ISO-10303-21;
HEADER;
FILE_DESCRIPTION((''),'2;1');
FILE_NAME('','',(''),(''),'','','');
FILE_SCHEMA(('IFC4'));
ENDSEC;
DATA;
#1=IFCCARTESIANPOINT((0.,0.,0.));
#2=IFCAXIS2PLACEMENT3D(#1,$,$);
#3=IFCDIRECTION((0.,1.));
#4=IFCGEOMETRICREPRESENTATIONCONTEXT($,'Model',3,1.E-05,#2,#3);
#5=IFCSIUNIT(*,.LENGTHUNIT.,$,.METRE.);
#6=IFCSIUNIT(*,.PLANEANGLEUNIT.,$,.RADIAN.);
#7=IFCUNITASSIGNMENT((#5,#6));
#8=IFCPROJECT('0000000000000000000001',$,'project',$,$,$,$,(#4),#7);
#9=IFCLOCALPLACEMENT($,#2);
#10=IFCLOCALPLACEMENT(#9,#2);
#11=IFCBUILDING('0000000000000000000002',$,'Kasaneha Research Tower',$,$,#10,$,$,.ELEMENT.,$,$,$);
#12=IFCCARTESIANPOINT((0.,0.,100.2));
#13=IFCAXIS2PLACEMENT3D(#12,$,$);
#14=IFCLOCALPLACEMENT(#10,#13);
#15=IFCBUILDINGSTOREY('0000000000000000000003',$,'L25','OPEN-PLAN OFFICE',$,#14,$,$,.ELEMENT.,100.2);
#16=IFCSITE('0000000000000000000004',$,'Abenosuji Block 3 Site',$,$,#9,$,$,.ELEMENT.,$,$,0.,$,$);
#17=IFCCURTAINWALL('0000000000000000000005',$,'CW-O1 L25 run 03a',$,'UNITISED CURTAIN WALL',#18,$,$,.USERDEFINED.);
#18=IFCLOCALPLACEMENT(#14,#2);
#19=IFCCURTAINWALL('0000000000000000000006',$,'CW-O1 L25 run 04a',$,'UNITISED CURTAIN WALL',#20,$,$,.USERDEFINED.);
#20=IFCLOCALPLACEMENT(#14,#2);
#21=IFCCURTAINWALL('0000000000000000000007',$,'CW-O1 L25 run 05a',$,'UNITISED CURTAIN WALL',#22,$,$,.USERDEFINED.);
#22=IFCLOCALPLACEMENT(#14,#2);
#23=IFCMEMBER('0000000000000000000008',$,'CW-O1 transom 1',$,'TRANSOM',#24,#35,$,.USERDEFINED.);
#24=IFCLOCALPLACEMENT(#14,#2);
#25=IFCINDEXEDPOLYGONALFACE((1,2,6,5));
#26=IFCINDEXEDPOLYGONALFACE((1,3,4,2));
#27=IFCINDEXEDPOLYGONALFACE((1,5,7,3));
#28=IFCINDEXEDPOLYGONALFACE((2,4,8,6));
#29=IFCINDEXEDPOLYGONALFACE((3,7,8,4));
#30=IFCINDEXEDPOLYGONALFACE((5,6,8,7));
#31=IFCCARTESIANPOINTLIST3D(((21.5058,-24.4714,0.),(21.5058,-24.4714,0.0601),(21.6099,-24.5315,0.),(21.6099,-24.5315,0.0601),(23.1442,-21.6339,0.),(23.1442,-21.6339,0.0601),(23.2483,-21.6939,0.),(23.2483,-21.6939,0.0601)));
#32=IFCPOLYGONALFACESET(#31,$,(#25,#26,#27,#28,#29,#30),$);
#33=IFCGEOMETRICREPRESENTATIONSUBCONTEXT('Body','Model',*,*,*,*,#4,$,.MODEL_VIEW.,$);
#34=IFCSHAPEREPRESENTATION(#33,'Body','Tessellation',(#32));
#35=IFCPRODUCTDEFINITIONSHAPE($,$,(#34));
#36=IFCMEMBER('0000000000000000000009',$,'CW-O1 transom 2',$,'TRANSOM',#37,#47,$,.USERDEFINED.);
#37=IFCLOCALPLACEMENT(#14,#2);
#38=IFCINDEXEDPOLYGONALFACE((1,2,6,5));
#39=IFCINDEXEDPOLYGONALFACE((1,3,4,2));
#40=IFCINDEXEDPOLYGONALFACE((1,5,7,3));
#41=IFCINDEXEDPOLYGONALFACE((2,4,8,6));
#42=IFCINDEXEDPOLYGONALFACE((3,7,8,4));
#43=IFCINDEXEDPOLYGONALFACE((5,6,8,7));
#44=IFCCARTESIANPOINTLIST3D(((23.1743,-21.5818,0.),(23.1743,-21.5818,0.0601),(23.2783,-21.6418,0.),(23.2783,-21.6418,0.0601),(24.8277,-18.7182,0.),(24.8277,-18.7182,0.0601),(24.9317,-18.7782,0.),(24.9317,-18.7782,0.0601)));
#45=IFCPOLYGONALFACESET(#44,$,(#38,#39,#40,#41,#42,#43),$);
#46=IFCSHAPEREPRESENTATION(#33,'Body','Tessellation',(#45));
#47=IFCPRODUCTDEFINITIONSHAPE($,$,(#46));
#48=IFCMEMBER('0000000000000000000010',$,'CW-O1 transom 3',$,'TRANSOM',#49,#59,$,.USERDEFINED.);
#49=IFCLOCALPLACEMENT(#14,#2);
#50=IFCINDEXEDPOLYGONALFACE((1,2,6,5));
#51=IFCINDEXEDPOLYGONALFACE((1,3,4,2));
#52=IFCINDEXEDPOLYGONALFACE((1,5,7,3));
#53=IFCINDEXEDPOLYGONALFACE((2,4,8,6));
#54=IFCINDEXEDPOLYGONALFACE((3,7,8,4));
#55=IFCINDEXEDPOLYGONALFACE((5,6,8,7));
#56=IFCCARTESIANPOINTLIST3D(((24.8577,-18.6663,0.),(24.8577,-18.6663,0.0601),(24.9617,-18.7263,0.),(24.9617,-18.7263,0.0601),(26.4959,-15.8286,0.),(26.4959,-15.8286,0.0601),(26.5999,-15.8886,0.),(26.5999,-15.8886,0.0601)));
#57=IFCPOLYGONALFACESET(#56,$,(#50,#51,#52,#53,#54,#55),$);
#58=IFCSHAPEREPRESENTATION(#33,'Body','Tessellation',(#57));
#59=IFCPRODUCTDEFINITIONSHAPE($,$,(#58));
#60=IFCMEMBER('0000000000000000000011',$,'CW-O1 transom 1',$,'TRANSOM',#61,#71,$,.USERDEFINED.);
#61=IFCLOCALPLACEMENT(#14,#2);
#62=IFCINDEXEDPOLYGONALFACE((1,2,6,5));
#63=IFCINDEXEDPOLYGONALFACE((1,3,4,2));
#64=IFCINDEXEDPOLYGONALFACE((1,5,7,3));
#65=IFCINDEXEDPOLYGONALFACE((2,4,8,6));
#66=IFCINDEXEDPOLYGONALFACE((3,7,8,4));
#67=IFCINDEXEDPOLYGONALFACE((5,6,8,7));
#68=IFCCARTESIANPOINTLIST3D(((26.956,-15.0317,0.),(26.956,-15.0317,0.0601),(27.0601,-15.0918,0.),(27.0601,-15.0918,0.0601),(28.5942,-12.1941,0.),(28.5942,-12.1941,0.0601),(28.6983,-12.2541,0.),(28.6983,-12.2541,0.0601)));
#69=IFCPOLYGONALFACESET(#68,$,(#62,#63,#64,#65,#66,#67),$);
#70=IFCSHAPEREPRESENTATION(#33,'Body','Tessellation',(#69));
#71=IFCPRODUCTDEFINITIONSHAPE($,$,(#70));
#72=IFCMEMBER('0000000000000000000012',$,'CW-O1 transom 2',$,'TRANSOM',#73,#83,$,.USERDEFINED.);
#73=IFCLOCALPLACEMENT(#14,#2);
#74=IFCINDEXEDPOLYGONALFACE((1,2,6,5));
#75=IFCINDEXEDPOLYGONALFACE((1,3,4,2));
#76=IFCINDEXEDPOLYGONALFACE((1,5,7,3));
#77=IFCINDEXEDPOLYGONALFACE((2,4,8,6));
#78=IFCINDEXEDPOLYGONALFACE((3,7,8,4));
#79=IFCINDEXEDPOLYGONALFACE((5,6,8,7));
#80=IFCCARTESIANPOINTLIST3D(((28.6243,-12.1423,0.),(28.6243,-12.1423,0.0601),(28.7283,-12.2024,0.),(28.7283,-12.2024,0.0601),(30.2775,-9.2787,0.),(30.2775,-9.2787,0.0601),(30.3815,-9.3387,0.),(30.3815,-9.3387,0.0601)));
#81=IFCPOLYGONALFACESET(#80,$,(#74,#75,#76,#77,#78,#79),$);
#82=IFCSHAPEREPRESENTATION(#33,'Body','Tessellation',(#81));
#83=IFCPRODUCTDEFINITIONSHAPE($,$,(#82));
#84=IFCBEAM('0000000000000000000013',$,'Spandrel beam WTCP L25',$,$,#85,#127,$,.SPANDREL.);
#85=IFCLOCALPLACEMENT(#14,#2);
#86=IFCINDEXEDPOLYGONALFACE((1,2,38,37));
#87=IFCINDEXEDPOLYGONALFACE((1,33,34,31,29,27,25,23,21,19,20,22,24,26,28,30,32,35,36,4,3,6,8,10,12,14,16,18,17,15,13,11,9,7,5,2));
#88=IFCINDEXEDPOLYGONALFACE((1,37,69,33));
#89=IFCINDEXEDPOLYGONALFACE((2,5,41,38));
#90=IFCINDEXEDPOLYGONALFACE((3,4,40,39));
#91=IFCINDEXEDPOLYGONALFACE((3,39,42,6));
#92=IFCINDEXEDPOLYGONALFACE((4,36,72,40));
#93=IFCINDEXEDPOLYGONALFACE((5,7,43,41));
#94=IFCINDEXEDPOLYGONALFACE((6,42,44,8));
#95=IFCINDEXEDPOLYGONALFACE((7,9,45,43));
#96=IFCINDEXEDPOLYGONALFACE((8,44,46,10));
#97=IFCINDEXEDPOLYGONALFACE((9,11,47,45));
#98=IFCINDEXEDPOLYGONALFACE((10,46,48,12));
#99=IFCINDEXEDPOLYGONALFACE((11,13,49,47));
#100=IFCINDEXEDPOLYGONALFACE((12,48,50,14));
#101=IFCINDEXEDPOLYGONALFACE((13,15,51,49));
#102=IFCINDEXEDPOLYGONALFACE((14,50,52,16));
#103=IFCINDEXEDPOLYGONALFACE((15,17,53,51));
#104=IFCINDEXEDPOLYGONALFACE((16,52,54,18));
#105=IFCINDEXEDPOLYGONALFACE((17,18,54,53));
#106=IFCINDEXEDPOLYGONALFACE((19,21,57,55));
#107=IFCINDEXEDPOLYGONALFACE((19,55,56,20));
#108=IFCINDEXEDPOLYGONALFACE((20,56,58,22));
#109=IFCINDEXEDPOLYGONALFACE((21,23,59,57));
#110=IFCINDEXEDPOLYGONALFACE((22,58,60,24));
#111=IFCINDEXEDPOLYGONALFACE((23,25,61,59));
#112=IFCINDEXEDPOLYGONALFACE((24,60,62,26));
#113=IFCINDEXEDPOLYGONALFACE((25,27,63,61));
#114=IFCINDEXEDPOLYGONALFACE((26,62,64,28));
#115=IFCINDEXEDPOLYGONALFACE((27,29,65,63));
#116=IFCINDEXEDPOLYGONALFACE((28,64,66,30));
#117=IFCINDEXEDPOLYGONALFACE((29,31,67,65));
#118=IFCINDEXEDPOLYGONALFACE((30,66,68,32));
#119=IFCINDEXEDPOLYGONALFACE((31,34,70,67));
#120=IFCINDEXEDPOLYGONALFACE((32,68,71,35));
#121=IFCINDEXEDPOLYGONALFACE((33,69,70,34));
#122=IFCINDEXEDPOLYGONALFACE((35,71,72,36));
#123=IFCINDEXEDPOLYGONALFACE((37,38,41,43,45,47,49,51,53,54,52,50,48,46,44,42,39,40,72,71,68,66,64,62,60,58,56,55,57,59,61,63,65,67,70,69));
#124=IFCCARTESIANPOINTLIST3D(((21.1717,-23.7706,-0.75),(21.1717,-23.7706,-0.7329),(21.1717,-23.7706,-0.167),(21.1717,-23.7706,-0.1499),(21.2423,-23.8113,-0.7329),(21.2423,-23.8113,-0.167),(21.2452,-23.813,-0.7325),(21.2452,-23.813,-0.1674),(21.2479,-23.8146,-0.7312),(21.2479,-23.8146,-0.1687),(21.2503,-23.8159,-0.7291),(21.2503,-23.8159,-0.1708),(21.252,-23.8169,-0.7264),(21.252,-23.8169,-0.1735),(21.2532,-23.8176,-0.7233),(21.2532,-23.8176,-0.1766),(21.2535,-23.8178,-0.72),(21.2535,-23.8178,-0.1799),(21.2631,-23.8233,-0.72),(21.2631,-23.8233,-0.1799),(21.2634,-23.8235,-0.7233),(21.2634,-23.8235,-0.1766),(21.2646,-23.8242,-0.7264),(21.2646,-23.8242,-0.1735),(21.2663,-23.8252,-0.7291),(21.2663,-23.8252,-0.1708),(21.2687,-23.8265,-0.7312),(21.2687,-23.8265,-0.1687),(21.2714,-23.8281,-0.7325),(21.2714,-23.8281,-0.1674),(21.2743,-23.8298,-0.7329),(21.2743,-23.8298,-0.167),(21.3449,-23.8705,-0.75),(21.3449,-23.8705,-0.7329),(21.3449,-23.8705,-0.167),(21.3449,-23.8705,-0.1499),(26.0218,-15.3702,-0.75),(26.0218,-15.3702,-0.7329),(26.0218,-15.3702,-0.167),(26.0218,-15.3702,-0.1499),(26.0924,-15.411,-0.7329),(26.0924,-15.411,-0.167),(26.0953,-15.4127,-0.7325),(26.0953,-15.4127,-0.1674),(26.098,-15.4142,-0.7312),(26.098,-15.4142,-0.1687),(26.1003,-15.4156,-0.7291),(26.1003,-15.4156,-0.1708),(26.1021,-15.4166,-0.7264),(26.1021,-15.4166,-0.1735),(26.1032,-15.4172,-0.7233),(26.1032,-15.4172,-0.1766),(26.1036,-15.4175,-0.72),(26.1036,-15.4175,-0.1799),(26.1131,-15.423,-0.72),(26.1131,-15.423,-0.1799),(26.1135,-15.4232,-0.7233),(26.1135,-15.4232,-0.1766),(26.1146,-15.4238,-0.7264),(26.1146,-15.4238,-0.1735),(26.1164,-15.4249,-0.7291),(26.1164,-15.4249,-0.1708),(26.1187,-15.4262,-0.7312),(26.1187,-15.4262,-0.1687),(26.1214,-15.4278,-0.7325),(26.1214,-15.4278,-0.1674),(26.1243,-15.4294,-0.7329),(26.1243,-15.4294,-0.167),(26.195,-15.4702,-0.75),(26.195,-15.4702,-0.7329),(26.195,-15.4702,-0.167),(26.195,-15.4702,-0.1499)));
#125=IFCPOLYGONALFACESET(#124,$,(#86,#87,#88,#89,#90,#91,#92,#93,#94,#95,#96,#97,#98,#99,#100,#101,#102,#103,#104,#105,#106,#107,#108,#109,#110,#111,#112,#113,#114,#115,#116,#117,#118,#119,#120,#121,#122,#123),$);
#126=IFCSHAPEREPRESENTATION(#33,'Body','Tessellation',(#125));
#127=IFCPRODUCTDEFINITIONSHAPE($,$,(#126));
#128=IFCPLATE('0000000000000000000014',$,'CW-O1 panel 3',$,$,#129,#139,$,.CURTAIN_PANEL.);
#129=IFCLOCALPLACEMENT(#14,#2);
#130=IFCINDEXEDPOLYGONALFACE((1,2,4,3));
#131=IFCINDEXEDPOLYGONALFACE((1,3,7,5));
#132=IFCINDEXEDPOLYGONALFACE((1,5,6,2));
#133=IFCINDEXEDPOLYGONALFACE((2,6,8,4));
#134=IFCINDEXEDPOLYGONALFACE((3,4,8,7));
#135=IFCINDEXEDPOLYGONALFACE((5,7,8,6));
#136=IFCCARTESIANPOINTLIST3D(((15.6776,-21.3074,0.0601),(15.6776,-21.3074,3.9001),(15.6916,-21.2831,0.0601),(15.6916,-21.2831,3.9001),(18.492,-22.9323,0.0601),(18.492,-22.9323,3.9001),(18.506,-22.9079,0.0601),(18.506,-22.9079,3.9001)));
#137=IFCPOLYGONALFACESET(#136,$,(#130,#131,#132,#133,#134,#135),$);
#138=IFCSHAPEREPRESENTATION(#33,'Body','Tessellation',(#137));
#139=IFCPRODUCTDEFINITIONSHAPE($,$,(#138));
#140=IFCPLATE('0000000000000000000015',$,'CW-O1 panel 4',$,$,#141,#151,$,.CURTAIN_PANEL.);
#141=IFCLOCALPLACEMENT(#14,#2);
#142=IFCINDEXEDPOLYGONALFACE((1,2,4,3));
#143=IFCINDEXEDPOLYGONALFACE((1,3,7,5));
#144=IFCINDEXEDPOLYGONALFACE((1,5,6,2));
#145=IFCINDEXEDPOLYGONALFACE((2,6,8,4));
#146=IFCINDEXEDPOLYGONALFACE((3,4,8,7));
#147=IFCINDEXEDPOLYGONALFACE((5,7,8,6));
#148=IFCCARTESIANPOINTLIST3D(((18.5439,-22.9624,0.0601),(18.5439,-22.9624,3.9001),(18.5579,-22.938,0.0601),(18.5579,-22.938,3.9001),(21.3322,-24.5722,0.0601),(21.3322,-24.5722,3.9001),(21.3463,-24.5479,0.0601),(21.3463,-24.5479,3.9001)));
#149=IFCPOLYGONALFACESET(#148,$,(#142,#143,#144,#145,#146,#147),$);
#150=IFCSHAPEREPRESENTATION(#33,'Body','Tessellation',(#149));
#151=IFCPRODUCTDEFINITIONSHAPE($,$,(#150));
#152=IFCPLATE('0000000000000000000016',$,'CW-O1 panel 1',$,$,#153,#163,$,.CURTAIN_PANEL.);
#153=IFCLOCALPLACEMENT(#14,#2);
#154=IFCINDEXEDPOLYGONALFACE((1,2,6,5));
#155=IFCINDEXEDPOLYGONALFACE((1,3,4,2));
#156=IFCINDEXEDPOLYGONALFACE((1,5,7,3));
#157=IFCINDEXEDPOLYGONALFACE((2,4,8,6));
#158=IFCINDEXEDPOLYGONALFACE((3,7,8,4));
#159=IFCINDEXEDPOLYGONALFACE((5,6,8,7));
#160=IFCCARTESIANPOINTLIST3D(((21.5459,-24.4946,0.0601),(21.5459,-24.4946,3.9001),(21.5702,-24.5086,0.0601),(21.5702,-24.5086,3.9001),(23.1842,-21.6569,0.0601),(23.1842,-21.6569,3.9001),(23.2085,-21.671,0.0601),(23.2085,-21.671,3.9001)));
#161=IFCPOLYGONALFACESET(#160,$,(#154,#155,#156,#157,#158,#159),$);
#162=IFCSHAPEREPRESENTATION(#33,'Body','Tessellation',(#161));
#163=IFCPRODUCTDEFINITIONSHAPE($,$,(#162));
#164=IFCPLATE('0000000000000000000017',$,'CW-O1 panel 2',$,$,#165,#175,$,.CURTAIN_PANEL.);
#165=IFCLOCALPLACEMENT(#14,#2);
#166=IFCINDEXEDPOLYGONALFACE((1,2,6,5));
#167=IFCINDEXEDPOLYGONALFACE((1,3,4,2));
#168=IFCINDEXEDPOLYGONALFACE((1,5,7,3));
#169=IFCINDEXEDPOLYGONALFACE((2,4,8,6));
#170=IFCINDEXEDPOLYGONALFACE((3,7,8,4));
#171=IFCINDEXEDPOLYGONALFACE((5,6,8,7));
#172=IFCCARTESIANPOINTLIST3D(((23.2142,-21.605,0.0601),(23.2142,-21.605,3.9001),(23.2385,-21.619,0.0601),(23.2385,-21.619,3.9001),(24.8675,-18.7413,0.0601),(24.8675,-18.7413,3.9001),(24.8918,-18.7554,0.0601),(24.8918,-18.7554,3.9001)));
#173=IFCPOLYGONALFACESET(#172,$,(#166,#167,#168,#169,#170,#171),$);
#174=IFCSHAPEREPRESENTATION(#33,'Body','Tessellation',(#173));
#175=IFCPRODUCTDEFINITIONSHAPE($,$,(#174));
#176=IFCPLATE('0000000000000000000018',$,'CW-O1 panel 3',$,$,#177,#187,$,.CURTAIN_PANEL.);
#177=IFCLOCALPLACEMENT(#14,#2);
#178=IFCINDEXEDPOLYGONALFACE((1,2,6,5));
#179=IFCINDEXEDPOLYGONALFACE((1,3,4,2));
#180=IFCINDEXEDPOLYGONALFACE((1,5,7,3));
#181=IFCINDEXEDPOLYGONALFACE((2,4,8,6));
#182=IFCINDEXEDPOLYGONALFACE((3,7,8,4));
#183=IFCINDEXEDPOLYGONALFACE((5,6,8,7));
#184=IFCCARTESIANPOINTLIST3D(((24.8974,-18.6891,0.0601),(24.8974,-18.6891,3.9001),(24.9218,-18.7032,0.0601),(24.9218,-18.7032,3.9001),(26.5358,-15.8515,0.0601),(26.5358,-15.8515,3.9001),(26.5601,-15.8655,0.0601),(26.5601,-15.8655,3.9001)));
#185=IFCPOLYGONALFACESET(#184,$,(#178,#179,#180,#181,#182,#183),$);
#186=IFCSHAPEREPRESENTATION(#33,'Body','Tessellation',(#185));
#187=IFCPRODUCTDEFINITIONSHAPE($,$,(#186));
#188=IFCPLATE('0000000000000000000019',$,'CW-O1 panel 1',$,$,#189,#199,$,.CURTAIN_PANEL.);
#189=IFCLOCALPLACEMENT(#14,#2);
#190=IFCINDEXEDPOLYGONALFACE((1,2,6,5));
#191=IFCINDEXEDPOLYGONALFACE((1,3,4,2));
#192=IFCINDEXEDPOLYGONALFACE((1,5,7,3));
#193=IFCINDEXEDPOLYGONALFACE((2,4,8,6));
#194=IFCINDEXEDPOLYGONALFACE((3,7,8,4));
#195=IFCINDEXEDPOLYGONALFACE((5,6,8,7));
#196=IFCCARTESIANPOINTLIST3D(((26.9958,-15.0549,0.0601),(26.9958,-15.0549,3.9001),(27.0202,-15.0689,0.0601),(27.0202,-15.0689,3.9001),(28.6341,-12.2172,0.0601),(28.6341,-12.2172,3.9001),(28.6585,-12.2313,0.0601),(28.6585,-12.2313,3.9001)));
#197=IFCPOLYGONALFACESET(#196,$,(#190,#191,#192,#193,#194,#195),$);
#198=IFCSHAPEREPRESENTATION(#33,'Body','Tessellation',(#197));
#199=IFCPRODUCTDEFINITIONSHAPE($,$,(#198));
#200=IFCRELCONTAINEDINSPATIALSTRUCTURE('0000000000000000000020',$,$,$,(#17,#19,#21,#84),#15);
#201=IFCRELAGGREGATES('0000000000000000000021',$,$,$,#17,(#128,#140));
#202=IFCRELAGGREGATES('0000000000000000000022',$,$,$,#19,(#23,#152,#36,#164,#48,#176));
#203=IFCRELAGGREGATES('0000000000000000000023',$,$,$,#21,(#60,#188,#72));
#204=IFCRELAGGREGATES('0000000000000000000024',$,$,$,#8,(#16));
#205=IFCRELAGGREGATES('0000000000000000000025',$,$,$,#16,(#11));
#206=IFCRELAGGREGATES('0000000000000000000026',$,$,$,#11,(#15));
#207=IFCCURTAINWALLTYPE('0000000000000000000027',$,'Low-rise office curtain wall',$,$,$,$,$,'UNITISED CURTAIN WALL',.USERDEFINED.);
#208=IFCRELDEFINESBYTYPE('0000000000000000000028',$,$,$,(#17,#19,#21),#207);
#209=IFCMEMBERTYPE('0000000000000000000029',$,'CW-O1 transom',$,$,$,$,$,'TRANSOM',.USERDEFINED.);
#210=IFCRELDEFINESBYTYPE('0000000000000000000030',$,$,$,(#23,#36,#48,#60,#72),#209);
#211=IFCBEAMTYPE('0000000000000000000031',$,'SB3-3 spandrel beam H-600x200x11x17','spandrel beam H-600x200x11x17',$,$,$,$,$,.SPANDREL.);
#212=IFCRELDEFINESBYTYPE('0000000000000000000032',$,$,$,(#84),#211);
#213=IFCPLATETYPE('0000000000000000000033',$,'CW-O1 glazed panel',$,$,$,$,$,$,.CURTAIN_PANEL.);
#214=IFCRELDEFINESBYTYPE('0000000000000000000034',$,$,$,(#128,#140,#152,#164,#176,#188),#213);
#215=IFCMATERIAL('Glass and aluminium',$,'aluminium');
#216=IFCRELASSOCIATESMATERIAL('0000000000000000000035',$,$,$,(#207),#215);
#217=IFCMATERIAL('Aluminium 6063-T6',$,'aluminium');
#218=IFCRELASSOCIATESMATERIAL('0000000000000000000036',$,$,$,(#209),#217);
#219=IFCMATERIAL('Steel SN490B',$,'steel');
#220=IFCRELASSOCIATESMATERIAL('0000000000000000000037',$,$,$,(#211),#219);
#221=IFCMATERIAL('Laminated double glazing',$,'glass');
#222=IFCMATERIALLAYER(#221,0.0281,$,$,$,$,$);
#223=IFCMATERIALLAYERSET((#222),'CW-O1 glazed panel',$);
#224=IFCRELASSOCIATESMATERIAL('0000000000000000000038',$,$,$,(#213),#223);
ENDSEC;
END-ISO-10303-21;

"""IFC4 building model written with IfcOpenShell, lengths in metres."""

from ifc_helpers import new_model, si_unit, direction, frame, origin, origin_2d, place, context, subcontext, project, spatial, rectangle, i_section, extrude, material, layer, layer_set, material_profile, profile_set, type_object, element, aggregate, save


model = new_model("IFC4")

# Units and contexts
model_context = context("Model", 3, precision=1e-05, world=origin(), true_north=direction((0.0, 1.0)))
body_context = subcontext(model_context, "Body", "Model", "MODEL_VIEW")
ifc_project = project(units=[si_unit("LENGTHUNIT", "METRE"), si_unit("PLANEANGLEUNIT", "RADIAN")], contexts=[model_context])

# Site, building, storey
site_placement = place(None, origin())
site = spatial("IfcSite", under=ifc_project, at=site_placement, Name="Abenosuji Block 3 Site", CompositionType="ELEMENT", RefElevation=0.0)
building_placement = place(site_placement, origin())
building = spatial("IfcBuilding", under=site, at=building_placement, Name="Kasaneha Research Tower", CompositionType="ELEMENT")
storey_placement = place(building_placement, frame((0.0, 0.0, 100.2)))
storey = spatial("IfcBuildingStorey", under=building, at=storey_placement, Name="L25", Description="OPEN-PLAN OFFICE", CompositionType="ELEMENT", Elevation=100.2)

# Curtain walls
ifc_material_1 = material(Name="Glass and aluminium", Category="aluminium")
curtain_wall_type = type_object("IfcCurtainWallType", Name="Low-rise office curtain wall", ElementType="UNITISED CURTAIN WALL", PredefinedType="USERDEFINED", material=ifc_material_1)
curtain_wall_1_placement = place(storey_placement, origin())
curtain_wall_1 = element("IfcCurtainWall", 1, at=curtain_wall_1_placement, inside=storey, type_object=curtain_wall_type, Name="CW-O1 L25 run 03a", ObjectType="UNITISED CURTAIN WALL", PredefinedType="USERDEFINED")
curtain_wall_2_placement = place(storey_placement, origin())
curtain_wall_2 = element("IfcCurtainWall", 2, at=curtain_wall_2_placement, inside=storey, type_object=curtain_wall_type, Name="CW-O1 L25 run 04a", ObjectType="UNITISED CURTAIN WALL", PredefinedType="USERDEFINED")
curtain_wall_3_placement = place(storey_placement, origin())
curtain_wall_3 = element("IfcCurtainWall", 3, at=curtain_wall_3_placement, inside=storey, type_object=curtain_wall_type, Name="CW-O1 L25 run 05a", ObjectType="UNITISED CURTAIN WALL", PredefinedType="USERDEFINED")

# Members
ifc_material_2 = material(Name="Aluminium 6063-T6", Category="aluminium")
ifc_material_profile_1 = material_profile(ifc_material_2, rectangle(XDim=0.1201, YDim=0.0601, at=origin_2d()), Name="CW-O1 transom 120x60")
ifc_profile_set_1 = profile_set([ifc_material_profile_1], Name="Aluminium 6063-T6")
member_type_1 = type_object("IfcMemberType", Name="CW-O1 transom", ElementType="TRANSOM", PredefinedType="USERDEFINED", material=ifc_profile_set_1)
member_1_placement = place(storey_placement, frame((21.5579, -24.5015, 0.03), z_axis=(0.500026, 0.866011, 0.0), x_axis=(-0.866011, 0.500026, 0.0)))
member_1 = element("IfcMember", 4, at=member_1_placement, type_object=member_type_1, Name="CW-O1 transom 1", ObjectType="TRANSOM", PredefinedType="USERDEFINED", context=body_context, shape_type="SweptSolid", body=[
    extrude(rectangle(XDim=0.1201, YDim=0.0601, at=origin_2d()), origin(), (0.0, 0.0, 1.0), 3.2766),
])
member_2_placement = place(storey_placement, frame((23.2263, -21.6118, 0.03), z_axis=(0.500014, 0.866017, 0.0), x_axis=(-0.866017, 0.500014, 0.0)))
member_2 = element("IfcMember", 5, at=member_2_placement, type_object=member_type_1, Name="CW-O1 transom 2", ObjectType="TRANSOM", PredefinedType="USERDEFINED", context=body_context, shape_type="SweptSolid", body=[
    extrude(rectangle(XDim=0.1201, YDim=0.0601, at=origin_2d()), origin(), (0.0, 0.0, 1.0), 3.3066),
])
member_3_placement = place(storey_placement, frame((24.9097, -18.6963, 0.03), z_axis=(0.49997, 0.866043, 0.0), x_axis=(-0.866043, 0.49997, 0.0)))
member_3 = element("IfcMember", 6, at=member_3_placement, type_object=member_type_1, Name="CW-O1 transom 3", ObjectType="TRANSOM", PredefinedType="USERDEFINED", context=body_context, shape_type="SweptSolid", body=[
    extrude(rectangle(XDim=0.1201, YDim=0.0601, at=origin_2d()), origin(), (0.0, 0.0, 1.0), 3.2766),
])
member_4_placement = place(storey_placement, frame((27.0081, -15.0618, 0.03), z_axis=(0.49997, 0.866043, 0.0), x_axis=(-0.866043, 0.49997, 0.0)))
member_4 = element("IfcMember", 7, at=member_4_placement, type_object=member_type_1, Name="CW-O1 transom 1", ObjectType="TRANSOM", PredefinedType="USERDEFINED", context=body_context, shape_type="SweptSolid", body=[
    extrude(rectangle(XDim=0.1201, YDim=0.0601, at=origin_2d()), origin(), (0.0, 0.0, 1.0), 3.2766),
])
member_5_placement = place(storey_placement, frame((28.6763, -12.1724, 0.03), z_axis=(0.499982, 0.866036, 0.0), x_axis=(-0.866036, 0.499982, 0.0)))
member_5 = element("IfcMember", 8, at=member_5_placement, type_object=member_type_1, Name="CW-O1 transom 2", ObjectType="TRANSOM", PredefinedType="USERDEFINED", context=body_context, shape_type="SweptSolid", body=[
    extrude(rectangle(XDim=0.1201, YDim=0.0601, at=origin_2d()), origin(), (0.0, 0.0, 1.0), 3.3066),
])

# Beam
ifc_material_3 = material(Name="Steel SN490B", Category="steel")
ifc_material_profile_2 = material_profile(ifc_material_3, i_section(OverallWidth=0.2, OverallDepth=0.6001, WebThickness=0.011, FlangeThickness=0.0171, FilletRadius=0.0129, at=origin_2d()), Name="H-600x200x11x17")
ifc_profile_set_2 = profile_set([ifc_material_profile_2], Name="Steel SN490B")
beam_type_1 = type_object("IfcBeamType", Name="SB3-3 spandrel beam H-600x200x11x17", Description="spandrel beam H-600x200x11x17", PredefinedType="SPANDREL", material=ifc_profile_set_2)
beam_1_placement = place(storey_placement, frame((21.2583, -23.8206, -0.45), z_axis=(0.50001, 0.86602, 0.0), x_axis=(-0.86602, 0.50001, 0.0)))
element("IfcBeam", 9, at=beam_1_placement, inside=storey, type_object=beam_type_1, Name="Spandrel beam WTCP L25", PredefinedType="SPANDREL", context=body_context, shape_type="SweptSolid", body=[
    extrude(i_section(OverallWidth=0.2, OverallDepth=0.6001, WebThickness=0.011, FlangeThickness=0.0171, FilletRadius=0.0129, at=origin_2d()), origin(), (0.0, 0.0, 1.0), 9.7),
])

# Plates
ifc_material_4 = material(Name="Laminated double glazing", Category="glass")
ifc_layer_1 = layer(ifc_material_4, 0.0281)
ifc_layer_set_1 = layer_set([ifc_layer_1], Name="CW-O1 glazed panel")
plate_type = type_object("IfcPlateType", Name="CW-O1 glazed panel", PredefinedType="CURTAIN_PANEL", material=ifc_layer_set_1)
plate_1_placement = place(storey_placement, frame((17.0918, -22.1077, 0.0601), z_axis=(0.0, 0.0, 1.0), x_axis=(0.866025, -0.5, 0.0)))
plate_1 = element("IfcPlate", 10, at=plate_1_placement, type_object=plate_type, Name="CW-O1 panel 3", PredefinedType="CURTAIN_PANEL", context=body_context, shape_type="SweptSolid", body=[
    extrude(rectangle(XDim=3.2498, YDim=0.0281, at=origin_2d()), origin(), (0.0, 0.0, 1.0), 3.8401),
])
plate_2_placement = place(storey_placement, frame((19.9451, -23.7551, 0.0601), z_axis=(0.0, 0.0, 1.0), x_axis=(0.866025, -0.5, 0.0)))
plate_2 = element("IfcPlate", 11, at=plate_2_placement, type_object=plate_type, Name="CW-O1 panel 4", PredefinedType="CURTAIN_PANEL", context=body_context, shape_type="SweptSolid", body=[
    extrude(rectangle(XDim=3.2197, YDim=0.0281, at=origin_2d()), origin(), (0.0, 0.0, 1.0), 3.8401),
])
aggregate(curtain_wall_1, [plate_1, plate_2])
plate_3_placement = place(storey_placement, frame((22.3772, -23.0828, 0.0601), z_axis=(0.0, 0.0, 1.0), x_axis=(0.5, 0.866025, 0.0)))
plate_3 = element("IfcPlate", 12, at=plate_3_placement, type_object=plate_type, Name="CW-O1 panel 1", PredefinedType="CURTAIN_PANEL", context=body_context, shape_type="SweptSolid", body=[
    extrude(rectangle(XDim=3.2766, YDim=0.0281, at=origin_2d()), origin(), (0.0, 0.0, 1.0), 3.8401),
])
plate_4_placement = place(storey_placement, frame((24.053, -20.1802, 0.0601), z_axis=(0.0, 0.0, 1.0), x_axis=(0.5, 0.866025, 0.0)))
plate_4 = element("IfcPlate", 13, at=plate_4_placement, type_object=plate_type, Name="CW-O1 panel 2", PredefinedType="CURTAIN_PANEL", context=body_context, shape_type="SweptSolid", body=[
    extrude(rectangle(XDim=3.3066, YDim=0.0281, at=origin_2d()), origin(), (0.0, 0.0, 1.0), 3.8401),
])
plate_5_placement = place(storey_placement, frame((25.7288, -17.2773, 0.0601), z_axis=(0.0, 0.0, 1.0), x_axis=(0.5, 0.866025, 0.0)))
plate_5 = element("IfcPlate", 14, at=plate_5_placement, type_object=plate_type, Name="CW-O1 panel 3", PredefinedType="CURTAIN_PANEL", context=body_context, shape_type="SweptSolid", body=[
    extrude(rectangle(XDim=3.2766, YDim=0.0281, at=origin_2d()), origin(), (0.0, 0.0, 1.0), 3.8401),
])
aggregate(curtain_wall_2, [member_1, plate_3, member_2, plate_4, member_3, plate_5])
plate_6_placement = place(storey_placement, frame((27.8271, -13.6431, 0.0601), z_axis=(0.0, 0.0, 1.0), x_axis=(0.5, 0.866025, 0.0)))
plate_6 = element("IfcPlate", 15, at=plate_6_placement, type_object=plate_type, Name="CW-O1 panel 1", PredefinedType="CURTAIN_PANEL", context=body_context, shape_type="SweptSolid", body=[
    extrude(rectangle(XDim=3.2766, YDim=0.0281, at=origin_2d()), origin(), (0.0, 0.0, 1.0), 3.8401),
])
aggregate(curtain_wall_3, [member_4, plate_6, member_5])

save(model, "model.ifc")
